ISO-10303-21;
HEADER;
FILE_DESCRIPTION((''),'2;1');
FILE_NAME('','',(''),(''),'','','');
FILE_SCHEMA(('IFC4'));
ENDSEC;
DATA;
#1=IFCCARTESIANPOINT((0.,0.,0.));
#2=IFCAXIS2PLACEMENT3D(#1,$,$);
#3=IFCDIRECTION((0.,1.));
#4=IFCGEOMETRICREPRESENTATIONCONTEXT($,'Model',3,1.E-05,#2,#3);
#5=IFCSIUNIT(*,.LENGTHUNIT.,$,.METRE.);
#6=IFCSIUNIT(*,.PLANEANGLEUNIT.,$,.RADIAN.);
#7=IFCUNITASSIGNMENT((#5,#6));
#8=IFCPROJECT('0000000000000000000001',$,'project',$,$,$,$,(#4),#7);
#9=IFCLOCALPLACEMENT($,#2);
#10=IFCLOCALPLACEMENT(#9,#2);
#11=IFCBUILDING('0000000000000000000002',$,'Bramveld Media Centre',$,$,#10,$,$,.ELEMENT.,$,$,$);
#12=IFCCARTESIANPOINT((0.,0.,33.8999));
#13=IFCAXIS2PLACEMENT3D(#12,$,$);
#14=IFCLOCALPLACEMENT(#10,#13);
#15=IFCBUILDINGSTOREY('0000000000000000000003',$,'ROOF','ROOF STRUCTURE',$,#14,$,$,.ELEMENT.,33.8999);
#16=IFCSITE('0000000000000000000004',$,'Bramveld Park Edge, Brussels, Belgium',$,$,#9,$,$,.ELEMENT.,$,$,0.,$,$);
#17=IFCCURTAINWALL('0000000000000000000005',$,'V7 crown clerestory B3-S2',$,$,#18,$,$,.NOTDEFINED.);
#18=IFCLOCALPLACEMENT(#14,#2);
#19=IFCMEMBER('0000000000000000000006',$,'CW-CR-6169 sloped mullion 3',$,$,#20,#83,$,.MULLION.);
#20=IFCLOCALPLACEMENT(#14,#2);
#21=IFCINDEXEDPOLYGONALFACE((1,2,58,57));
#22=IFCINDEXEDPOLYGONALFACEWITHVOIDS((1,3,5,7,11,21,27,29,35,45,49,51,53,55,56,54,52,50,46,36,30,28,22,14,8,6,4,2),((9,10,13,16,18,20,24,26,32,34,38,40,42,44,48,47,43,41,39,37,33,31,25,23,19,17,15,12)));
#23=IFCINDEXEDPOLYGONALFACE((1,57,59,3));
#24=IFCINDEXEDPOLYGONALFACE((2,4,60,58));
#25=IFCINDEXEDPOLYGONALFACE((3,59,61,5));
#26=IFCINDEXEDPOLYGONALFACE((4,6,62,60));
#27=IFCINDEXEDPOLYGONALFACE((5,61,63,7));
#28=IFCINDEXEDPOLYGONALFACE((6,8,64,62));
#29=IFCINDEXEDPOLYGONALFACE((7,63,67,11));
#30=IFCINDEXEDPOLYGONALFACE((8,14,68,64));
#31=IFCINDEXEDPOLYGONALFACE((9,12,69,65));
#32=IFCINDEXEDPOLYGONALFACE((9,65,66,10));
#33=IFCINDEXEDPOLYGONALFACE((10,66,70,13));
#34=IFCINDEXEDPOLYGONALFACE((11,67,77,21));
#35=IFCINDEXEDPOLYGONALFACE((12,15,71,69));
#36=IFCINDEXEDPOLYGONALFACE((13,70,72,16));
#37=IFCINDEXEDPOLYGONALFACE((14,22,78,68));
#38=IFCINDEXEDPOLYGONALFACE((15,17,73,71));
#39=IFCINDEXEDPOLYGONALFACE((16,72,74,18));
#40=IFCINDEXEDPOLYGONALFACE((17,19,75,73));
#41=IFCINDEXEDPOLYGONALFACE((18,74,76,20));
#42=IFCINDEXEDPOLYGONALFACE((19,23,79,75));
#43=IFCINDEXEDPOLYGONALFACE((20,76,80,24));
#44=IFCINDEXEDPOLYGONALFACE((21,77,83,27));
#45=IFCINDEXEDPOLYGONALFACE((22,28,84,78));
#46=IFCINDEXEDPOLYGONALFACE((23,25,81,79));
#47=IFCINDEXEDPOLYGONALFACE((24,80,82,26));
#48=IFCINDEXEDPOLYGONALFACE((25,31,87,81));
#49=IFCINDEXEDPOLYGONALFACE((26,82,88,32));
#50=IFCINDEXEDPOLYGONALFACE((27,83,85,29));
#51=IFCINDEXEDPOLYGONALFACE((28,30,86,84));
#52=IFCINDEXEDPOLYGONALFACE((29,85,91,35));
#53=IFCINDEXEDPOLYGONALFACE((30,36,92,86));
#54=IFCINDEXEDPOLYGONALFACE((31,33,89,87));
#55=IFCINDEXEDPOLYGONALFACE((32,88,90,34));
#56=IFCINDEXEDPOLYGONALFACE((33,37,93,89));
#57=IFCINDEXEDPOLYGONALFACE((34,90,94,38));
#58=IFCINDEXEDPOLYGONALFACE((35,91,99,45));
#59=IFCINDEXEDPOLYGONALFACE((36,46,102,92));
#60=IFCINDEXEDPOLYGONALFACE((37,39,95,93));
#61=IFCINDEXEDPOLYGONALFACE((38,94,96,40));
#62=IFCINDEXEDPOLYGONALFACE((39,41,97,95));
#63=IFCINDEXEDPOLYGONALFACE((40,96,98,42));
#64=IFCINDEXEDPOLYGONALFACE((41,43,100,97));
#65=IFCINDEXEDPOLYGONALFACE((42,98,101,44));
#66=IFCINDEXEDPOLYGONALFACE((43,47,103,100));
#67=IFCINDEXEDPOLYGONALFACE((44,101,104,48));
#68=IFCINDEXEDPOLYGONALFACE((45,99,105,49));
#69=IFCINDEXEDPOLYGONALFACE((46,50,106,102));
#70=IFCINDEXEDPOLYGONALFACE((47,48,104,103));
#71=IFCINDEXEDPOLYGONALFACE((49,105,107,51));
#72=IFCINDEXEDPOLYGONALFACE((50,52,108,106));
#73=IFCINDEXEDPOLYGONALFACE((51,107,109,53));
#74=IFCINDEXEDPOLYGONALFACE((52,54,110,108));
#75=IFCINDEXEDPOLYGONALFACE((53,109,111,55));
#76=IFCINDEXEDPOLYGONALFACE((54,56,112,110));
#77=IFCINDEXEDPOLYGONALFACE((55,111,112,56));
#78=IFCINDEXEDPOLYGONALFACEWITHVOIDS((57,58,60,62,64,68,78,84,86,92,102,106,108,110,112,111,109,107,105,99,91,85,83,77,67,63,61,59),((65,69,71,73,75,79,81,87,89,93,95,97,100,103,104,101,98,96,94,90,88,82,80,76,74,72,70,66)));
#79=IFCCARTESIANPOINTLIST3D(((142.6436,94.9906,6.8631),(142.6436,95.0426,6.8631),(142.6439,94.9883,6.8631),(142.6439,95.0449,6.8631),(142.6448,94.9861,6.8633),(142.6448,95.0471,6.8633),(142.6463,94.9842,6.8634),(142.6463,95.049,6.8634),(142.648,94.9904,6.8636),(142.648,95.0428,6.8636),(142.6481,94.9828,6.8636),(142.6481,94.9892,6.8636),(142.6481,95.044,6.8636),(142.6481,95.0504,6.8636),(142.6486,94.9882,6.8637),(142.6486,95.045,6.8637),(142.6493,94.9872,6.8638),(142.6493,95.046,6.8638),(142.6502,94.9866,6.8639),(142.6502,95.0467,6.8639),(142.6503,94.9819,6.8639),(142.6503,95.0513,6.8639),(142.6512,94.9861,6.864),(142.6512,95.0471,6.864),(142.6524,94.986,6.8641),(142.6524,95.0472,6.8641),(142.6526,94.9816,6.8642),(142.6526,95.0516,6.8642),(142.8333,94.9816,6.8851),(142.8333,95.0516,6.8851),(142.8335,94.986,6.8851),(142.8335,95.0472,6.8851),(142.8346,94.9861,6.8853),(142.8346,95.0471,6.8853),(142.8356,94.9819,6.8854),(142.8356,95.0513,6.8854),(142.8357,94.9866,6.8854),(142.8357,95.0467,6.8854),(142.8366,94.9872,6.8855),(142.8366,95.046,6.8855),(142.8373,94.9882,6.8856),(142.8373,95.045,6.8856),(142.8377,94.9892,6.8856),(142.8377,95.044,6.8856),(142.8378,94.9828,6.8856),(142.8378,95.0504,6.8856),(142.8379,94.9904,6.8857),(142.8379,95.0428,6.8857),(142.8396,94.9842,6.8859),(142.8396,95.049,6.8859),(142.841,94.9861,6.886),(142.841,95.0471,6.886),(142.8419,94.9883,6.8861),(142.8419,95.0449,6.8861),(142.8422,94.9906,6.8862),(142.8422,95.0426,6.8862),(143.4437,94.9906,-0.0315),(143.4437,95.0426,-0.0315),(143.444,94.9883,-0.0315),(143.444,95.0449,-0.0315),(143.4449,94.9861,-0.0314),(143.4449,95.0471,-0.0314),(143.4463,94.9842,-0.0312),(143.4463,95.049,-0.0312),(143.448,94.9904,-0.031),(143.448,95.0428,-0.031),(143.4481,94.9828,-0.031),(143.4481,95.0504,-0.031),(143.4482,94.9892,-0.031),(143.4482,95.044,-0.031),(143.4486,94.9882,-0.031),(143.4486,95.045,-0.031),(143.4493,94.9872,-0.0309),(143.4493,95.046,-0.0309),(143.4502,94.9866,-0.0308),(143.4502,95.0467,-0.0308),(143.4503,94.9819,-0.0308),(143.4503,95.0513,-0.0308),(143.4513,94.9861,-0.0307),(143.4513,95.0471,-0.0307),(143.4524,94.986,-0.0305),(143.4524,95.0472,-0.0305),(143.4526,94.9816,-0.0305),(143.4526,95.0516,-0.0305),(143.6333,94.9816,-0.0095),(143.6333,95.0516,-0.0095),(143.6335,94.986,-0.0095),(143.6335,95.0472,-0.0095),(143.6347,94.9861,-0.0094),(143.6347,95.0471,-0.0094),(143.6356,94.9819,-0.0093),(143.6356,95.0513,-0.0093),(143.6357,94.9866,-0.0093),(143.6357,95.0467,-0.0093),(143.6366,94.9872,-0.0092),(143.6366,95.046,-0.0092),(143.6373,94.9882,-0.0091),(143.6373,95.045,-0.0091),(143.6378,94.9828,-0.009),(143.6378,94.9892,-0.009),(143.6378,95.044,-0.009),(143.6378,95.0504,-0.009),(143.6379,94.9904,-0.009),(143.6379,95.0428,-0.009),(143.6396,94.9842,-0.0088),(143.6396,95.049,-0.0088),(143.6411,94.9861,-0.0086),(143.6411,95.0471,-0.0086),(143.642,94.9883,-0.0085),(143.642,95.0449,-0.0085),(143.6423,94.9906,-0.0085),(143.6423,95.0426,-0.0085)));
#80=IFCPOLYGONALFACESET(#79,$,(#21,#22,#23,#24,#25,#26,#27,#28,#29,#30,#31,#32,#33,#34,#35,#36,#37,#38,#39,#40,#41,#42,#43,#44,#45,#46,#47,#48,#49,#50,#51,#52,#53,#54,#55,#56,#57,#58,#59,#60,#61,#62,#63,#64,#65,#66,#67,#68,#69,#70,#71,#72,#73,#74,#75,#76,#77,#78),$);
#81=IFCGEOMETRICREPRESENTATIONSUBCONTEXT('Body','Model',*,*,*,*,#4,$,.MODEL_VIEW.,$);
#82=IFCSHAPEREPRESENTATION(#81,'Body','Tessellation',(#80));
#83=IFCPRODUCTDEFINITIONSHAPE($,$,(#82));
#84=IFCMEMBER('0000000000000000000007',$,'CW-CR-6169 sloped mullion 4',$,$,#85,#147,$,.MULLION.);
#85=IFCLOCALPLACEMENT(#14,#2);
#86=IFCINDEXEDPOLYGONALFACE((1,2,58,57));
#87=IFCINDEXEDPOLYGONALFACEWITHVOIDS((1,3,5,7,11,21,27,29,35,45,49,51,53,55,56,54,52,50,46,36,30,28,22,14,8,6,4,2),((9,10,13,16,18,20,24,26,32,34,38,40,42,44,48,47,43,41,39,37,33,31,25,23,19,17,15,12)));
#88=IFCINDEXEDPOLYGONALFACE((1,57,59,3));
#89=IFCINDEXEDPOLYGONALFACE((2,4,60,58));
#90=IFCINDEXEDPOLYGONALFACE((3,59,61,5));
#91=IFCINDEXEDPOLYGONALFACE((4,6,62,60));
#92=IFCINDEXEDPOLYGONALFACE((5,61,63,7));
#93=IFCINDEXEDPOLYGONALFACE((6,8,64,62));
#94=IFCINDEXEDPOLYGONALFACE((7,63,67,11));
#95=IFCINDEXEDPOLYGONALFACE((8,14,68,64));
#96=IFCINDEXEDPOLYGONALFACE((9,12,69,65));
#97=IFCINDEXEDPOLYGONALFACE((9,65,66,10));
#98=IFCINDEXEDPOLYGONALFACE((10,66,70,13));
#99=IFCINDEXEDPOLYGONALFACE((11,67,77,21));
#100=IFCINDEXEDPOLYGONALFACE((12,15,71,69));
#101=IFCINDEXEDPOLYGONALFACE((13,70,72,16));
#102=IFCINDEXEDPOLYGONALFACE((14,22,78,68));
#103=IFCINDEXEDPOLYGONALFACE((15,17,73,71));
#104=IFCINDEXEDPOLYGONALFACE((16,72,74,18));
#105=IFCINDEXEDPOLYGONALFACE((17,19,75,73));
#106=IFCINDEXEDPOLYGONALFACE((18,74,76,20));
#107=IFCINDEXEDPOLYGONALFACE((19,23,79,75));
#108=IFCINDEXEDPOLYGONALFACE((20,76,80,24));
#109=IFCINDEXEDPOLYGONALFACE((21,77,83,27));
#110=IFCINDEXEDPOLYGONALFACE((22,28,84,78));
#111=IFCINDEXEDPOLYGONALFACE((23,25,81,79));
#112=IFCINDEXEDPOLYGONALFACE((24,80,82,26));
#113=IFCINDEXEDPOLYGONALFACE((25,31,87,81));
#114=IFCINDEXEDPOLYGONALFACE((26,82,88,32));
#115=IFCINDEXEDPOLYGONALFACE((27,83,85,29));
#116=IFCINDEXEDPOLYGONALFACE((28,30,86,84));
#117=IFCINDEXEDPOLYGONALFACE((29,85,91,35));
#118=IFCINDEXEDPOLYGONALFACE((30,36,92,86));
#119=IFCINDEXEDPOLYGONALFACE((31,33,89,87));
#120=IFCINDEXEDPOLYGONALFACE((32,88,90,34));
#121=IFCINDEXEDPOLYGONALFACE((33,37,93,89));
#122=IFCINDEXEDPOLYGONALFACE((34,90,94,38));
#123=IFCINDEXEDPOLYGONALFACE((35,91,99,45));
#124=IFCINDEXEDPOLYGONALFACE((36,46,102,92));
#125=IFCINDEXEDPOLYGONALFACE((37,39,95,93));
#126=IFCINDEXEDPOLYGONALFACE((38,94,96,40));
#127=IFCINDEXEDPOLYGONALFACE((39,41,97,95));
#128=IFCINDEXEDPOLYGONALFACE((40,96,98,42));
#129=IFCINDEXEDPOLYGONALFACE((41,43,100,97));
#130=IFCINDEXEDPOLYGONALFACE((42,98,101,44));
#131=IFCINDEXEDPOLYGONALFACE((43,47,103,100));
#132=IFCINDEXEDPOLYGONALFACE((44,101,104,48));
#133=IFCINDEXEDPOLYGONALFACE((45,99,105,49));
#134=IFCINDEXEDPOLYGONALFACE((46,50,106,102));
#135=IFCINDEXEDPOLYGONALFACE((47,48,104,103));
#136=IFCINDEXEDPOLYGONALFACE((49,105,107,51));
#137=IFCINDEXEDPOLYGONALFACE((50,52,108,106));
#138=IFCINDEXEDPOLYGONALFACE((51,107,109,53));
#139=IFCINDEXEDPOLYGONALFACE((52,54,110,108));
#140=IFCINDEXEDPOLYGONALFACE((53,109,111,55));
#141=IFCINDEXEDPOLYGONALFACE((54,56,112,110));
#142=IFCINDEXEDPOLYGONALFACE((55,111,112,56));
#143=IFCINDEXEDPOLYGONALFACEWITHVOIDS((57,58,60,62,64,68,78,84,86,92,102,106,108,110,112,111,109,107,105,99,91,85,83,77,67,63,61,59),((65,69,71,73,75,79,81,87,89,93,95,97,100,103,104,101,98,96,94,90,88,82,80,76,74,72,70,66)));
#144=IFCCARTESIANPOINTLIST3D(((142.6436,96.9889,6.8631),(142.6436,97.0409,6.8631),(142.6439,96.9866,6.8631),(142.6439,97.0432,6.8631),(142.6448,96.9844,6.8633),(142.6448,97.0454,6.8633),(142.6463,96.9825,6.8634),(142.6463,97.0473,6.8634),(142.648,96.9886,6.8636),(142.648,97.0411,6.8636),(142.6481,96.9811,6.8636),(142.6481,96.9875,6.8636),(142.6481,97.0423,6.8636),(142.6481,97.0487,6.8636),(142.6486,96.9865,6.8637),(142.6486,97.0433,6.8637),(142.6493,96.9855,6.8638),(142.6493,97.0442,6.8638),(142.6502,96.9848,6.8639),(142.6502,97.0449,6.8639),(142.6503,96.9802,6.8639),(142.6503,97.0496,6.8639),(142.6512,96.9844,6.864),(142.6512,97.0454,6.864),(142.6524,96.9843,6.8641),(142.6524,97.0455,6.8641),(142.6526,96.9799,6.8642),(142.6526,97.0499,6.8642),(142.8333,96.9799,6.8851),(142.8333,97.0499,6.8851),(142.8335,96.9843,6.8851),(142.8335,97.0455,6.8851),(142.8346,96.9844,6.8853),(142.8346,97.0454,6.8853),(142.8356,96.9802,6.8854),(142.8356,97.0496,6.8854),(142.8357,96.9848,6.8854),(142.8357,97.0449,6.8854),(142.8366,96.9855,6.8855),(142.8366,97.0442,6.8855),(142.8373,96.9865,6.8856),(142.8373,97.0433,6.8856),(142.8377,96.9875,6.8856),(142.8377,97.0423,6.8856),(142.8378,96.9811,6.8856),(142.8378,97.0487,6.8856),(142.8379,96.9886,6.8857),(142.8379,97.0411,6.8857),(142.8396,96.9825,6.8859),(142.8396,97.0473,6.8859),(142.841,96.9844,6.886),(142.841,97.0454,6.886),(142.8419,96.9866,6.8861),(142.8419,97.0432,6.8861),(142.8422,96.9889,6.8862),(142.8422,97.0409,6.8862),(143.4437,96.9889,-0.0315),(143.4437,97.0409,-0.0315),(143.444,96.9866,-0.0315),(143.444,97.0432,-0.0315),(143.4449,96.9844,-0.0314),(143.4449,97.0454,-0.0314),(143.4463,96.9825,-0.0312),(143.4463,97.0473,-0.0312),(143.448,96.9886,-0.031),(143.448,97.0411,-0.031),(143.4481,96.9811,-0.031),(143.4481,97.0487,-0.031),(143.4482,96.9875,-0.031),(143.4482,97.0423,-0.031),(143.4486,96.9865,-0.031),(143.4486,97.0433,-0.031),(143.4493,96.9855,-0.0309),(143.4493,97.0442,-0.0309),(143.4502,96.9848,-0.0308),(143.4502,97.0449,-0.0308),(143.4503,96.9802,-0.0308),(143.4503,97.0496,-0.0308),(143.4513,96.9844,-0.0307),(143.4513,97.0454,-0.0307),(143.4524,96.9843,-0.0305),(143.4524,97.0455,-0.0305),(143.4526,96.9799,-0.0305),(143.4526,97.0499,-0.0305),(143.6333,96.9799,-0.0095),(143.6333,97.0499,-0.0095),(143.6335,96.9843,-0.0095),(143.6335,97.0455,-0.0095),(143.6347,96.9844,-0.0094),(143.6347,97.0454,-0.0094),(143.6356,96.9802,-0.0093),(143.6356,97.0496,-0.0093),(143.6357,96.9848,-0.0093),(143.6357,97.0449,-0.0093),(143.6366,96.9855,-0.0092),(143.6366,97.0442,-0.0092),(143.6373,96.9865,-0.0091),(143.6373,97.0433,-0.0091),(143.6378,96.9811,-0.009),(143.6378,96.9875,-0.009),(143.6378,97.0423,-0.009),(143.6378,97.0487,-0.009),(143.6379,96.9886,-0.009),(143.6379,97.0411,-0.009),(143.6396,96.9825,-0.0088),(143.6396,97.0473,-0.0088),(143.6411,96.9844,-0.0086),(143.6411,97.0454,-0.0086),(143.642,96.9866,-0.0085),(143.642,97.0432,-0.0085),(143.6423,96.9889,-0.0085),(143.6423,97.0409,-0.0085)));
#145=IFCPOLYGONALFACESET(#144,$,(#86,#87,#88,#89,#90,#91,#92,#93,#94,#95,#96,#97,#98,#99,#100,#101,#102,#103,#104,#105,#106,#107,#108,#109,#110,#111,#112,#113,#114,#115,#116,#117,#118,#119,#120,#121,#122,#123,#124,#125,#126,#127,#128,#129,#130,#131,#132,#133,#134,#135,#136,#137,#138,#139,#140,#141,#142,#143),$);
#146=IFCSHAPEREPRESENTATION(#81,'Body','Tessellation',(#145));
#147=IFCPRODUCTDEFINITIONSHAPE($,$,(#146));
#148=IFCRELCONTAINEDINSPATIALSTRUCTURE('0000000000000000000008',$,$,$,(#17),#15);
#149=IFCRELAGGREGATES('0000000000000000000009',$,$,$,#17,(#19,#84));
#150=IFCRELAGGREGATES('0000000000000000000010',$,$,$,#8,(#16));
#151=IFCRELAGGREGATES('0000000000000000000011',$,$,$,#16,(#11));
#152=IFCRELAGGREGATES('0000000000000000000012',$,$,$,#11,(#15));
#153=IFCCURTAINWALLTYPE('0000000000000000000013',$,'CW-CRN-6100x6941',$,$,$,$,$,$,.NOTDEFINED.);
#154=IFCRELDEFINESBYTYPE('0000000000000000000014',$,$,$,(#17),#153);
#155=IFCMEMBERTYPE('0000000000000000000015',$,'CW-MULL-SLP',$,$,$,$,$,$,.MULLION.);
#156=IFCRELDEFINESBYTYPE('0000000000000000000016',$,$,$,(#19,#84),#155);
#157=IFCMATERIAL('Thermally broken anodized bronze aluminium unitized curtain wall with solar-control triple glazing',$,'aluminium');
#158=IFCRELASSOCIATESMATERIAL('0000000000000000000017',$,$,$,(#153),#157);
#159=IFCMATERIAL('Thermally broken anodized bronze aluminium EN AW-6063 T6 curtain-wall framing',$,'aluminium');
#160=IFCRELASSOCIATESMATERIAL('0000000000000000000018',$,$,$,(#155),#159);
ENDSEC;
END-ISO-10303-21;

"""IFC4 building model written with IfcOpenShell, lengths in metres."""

from ifc_helpers import new_model, si_unit, direction, frame, origin, origin_2d, place, context, subcontext, project, spatial, hollow_rectangle, extrude, material, material_profile, profile_set, type_object, element, aggregate, save


model = new_model("IFC4")

# Units and contexts
model_context = context("Model", 3, precision=1e-05, world=origin(), true_north=direction((0.0, 1.0)))
body_context = subcontext(model_context, "Body", "Model", "MODEL_VIEW")
ifc_project = project(units=[si_unit("LENGTHUNIT", "METRE"), si_unit("PLANEANGLEUNIT", "RADIAN")], contexts=[model_context])

# Site, building, storey
site_placement = place(None, origin())
site = spatial("IfcSite", under=ifc_project, at=site_placement, Name="Bramveld Park Edge, Brussels, Belgium", CompositionType="ELEMENT", RefElevation=0.0)
building_placement = place(site_placement, origin())
building = spatial("IfcBuilding", under=site, at=building_placement, Name="Bramveld Media Centre", CompositionType="ELEMENT")
storey_placement = place(building_placement, frame((0.0, 0.0, 33.8999)))
storey = spatial("IfcBuildingStorey", under=building, at=storey_placement, Name="ROOF", Description="ROOF STRUCTURE", CompositionType="ELEMENT", Elevation=33.8999)

# Curtain wall, members
ifc_material_1 = material(Name="Thermally broken anodized bronze aluminium unitized curtain wall with solar-control triple glazing", Category="aluminium")
curtain_wall_type = type_object("IfcCurtainWallType", Name="CW-CRN-6100x6941", PredefinedType="NOTDEFINED", material=ifc_material_1)
ifc_material_2 = material(Name="Thermally broken anodized bronze aluminium EN AW-6063 T6 curtain-wall framing", Category="aluminium")
ifc_material_profile_1 = material_profile(ifc_material_2, hollow_rectangle(XDim=0.0701, YDim=0.2, WallThickness=0.0044, InnerFilletRadius=0.0044, OuterFilletRadius=0.009, at=origin_2d()), Name="AL-MULL 70x200")
ifc_profile_set_1 = profile_set([ifc_material_profile_1], Name="Thermally broken anodized bronze aluminium EN AW-6063 T6 curtain-wall framing")
member_type_1 = type_object("IfcMemberType", Name="CW-MULL-SLP", PredefinedType="MULLION", material=ifc_profile_set_1)
curtain_wall_1_placement = place(storey_placement, origin())
curtain_wall_1 = element("IfcCurtainWall", 1, at=curtain_wall_1_placement, inside=storey, type_object=curtain_wall_type, Name="V7 crown clerestory B3-S2", PredefinedType="NOTDEFINED")
member_1_placement = place(storey_placement, frame((143.543, 95.0166, -0.02), z_axis=(-0.115264, 0.0, 0.993335), x_axis=(0.0, -1.0, 0.0)))
member_1 = element("IfcMember", 2, at=member_1_placement, type_object=member_type_1, Name="CW-CR-6169 sloped mullion 3", PredefinedType="MULLION", context=body_context, shape_type="SweptSolid", body=[
    extrude(hollow_rectangle(XDim=0.0701, YDim=0.2, WallThickness=0.0044, InnerFilletRadius=0.0044, OuterFilletRadius=0.009, at=origin_2d()), origin(), (0.0, 0.0, 1.0), 6.9409),
])
member_2_placement = place(storey_placement, frame((143.543, 97.0149, -0.02), z_axis=(-0.115264, 0.0, 0.993335), x_axis=(0.0, -1.0, 0.0)))
member_2 = element("IfcMember", 3, at=member_2_placement, type_object=member_type_1, Name="CW-CR-6169 sloped mullion 4", PredefinedType="MULLION", context=body_context, shape_type="SweptSolid", body=[
    extrude(hollow_rectangle(XDim=0.0701, YDim=0.2, WallThickness=0.0044, InnerFilletRadius=0.0044, OuterFilletRadius=0.009, at=origin_2d()), origin(), (0.0, 0.0, 1.0), 6.9409),
])

aggregate(curtain_wall_1, [member_1, member_2])

save(model, "model.ifc")
